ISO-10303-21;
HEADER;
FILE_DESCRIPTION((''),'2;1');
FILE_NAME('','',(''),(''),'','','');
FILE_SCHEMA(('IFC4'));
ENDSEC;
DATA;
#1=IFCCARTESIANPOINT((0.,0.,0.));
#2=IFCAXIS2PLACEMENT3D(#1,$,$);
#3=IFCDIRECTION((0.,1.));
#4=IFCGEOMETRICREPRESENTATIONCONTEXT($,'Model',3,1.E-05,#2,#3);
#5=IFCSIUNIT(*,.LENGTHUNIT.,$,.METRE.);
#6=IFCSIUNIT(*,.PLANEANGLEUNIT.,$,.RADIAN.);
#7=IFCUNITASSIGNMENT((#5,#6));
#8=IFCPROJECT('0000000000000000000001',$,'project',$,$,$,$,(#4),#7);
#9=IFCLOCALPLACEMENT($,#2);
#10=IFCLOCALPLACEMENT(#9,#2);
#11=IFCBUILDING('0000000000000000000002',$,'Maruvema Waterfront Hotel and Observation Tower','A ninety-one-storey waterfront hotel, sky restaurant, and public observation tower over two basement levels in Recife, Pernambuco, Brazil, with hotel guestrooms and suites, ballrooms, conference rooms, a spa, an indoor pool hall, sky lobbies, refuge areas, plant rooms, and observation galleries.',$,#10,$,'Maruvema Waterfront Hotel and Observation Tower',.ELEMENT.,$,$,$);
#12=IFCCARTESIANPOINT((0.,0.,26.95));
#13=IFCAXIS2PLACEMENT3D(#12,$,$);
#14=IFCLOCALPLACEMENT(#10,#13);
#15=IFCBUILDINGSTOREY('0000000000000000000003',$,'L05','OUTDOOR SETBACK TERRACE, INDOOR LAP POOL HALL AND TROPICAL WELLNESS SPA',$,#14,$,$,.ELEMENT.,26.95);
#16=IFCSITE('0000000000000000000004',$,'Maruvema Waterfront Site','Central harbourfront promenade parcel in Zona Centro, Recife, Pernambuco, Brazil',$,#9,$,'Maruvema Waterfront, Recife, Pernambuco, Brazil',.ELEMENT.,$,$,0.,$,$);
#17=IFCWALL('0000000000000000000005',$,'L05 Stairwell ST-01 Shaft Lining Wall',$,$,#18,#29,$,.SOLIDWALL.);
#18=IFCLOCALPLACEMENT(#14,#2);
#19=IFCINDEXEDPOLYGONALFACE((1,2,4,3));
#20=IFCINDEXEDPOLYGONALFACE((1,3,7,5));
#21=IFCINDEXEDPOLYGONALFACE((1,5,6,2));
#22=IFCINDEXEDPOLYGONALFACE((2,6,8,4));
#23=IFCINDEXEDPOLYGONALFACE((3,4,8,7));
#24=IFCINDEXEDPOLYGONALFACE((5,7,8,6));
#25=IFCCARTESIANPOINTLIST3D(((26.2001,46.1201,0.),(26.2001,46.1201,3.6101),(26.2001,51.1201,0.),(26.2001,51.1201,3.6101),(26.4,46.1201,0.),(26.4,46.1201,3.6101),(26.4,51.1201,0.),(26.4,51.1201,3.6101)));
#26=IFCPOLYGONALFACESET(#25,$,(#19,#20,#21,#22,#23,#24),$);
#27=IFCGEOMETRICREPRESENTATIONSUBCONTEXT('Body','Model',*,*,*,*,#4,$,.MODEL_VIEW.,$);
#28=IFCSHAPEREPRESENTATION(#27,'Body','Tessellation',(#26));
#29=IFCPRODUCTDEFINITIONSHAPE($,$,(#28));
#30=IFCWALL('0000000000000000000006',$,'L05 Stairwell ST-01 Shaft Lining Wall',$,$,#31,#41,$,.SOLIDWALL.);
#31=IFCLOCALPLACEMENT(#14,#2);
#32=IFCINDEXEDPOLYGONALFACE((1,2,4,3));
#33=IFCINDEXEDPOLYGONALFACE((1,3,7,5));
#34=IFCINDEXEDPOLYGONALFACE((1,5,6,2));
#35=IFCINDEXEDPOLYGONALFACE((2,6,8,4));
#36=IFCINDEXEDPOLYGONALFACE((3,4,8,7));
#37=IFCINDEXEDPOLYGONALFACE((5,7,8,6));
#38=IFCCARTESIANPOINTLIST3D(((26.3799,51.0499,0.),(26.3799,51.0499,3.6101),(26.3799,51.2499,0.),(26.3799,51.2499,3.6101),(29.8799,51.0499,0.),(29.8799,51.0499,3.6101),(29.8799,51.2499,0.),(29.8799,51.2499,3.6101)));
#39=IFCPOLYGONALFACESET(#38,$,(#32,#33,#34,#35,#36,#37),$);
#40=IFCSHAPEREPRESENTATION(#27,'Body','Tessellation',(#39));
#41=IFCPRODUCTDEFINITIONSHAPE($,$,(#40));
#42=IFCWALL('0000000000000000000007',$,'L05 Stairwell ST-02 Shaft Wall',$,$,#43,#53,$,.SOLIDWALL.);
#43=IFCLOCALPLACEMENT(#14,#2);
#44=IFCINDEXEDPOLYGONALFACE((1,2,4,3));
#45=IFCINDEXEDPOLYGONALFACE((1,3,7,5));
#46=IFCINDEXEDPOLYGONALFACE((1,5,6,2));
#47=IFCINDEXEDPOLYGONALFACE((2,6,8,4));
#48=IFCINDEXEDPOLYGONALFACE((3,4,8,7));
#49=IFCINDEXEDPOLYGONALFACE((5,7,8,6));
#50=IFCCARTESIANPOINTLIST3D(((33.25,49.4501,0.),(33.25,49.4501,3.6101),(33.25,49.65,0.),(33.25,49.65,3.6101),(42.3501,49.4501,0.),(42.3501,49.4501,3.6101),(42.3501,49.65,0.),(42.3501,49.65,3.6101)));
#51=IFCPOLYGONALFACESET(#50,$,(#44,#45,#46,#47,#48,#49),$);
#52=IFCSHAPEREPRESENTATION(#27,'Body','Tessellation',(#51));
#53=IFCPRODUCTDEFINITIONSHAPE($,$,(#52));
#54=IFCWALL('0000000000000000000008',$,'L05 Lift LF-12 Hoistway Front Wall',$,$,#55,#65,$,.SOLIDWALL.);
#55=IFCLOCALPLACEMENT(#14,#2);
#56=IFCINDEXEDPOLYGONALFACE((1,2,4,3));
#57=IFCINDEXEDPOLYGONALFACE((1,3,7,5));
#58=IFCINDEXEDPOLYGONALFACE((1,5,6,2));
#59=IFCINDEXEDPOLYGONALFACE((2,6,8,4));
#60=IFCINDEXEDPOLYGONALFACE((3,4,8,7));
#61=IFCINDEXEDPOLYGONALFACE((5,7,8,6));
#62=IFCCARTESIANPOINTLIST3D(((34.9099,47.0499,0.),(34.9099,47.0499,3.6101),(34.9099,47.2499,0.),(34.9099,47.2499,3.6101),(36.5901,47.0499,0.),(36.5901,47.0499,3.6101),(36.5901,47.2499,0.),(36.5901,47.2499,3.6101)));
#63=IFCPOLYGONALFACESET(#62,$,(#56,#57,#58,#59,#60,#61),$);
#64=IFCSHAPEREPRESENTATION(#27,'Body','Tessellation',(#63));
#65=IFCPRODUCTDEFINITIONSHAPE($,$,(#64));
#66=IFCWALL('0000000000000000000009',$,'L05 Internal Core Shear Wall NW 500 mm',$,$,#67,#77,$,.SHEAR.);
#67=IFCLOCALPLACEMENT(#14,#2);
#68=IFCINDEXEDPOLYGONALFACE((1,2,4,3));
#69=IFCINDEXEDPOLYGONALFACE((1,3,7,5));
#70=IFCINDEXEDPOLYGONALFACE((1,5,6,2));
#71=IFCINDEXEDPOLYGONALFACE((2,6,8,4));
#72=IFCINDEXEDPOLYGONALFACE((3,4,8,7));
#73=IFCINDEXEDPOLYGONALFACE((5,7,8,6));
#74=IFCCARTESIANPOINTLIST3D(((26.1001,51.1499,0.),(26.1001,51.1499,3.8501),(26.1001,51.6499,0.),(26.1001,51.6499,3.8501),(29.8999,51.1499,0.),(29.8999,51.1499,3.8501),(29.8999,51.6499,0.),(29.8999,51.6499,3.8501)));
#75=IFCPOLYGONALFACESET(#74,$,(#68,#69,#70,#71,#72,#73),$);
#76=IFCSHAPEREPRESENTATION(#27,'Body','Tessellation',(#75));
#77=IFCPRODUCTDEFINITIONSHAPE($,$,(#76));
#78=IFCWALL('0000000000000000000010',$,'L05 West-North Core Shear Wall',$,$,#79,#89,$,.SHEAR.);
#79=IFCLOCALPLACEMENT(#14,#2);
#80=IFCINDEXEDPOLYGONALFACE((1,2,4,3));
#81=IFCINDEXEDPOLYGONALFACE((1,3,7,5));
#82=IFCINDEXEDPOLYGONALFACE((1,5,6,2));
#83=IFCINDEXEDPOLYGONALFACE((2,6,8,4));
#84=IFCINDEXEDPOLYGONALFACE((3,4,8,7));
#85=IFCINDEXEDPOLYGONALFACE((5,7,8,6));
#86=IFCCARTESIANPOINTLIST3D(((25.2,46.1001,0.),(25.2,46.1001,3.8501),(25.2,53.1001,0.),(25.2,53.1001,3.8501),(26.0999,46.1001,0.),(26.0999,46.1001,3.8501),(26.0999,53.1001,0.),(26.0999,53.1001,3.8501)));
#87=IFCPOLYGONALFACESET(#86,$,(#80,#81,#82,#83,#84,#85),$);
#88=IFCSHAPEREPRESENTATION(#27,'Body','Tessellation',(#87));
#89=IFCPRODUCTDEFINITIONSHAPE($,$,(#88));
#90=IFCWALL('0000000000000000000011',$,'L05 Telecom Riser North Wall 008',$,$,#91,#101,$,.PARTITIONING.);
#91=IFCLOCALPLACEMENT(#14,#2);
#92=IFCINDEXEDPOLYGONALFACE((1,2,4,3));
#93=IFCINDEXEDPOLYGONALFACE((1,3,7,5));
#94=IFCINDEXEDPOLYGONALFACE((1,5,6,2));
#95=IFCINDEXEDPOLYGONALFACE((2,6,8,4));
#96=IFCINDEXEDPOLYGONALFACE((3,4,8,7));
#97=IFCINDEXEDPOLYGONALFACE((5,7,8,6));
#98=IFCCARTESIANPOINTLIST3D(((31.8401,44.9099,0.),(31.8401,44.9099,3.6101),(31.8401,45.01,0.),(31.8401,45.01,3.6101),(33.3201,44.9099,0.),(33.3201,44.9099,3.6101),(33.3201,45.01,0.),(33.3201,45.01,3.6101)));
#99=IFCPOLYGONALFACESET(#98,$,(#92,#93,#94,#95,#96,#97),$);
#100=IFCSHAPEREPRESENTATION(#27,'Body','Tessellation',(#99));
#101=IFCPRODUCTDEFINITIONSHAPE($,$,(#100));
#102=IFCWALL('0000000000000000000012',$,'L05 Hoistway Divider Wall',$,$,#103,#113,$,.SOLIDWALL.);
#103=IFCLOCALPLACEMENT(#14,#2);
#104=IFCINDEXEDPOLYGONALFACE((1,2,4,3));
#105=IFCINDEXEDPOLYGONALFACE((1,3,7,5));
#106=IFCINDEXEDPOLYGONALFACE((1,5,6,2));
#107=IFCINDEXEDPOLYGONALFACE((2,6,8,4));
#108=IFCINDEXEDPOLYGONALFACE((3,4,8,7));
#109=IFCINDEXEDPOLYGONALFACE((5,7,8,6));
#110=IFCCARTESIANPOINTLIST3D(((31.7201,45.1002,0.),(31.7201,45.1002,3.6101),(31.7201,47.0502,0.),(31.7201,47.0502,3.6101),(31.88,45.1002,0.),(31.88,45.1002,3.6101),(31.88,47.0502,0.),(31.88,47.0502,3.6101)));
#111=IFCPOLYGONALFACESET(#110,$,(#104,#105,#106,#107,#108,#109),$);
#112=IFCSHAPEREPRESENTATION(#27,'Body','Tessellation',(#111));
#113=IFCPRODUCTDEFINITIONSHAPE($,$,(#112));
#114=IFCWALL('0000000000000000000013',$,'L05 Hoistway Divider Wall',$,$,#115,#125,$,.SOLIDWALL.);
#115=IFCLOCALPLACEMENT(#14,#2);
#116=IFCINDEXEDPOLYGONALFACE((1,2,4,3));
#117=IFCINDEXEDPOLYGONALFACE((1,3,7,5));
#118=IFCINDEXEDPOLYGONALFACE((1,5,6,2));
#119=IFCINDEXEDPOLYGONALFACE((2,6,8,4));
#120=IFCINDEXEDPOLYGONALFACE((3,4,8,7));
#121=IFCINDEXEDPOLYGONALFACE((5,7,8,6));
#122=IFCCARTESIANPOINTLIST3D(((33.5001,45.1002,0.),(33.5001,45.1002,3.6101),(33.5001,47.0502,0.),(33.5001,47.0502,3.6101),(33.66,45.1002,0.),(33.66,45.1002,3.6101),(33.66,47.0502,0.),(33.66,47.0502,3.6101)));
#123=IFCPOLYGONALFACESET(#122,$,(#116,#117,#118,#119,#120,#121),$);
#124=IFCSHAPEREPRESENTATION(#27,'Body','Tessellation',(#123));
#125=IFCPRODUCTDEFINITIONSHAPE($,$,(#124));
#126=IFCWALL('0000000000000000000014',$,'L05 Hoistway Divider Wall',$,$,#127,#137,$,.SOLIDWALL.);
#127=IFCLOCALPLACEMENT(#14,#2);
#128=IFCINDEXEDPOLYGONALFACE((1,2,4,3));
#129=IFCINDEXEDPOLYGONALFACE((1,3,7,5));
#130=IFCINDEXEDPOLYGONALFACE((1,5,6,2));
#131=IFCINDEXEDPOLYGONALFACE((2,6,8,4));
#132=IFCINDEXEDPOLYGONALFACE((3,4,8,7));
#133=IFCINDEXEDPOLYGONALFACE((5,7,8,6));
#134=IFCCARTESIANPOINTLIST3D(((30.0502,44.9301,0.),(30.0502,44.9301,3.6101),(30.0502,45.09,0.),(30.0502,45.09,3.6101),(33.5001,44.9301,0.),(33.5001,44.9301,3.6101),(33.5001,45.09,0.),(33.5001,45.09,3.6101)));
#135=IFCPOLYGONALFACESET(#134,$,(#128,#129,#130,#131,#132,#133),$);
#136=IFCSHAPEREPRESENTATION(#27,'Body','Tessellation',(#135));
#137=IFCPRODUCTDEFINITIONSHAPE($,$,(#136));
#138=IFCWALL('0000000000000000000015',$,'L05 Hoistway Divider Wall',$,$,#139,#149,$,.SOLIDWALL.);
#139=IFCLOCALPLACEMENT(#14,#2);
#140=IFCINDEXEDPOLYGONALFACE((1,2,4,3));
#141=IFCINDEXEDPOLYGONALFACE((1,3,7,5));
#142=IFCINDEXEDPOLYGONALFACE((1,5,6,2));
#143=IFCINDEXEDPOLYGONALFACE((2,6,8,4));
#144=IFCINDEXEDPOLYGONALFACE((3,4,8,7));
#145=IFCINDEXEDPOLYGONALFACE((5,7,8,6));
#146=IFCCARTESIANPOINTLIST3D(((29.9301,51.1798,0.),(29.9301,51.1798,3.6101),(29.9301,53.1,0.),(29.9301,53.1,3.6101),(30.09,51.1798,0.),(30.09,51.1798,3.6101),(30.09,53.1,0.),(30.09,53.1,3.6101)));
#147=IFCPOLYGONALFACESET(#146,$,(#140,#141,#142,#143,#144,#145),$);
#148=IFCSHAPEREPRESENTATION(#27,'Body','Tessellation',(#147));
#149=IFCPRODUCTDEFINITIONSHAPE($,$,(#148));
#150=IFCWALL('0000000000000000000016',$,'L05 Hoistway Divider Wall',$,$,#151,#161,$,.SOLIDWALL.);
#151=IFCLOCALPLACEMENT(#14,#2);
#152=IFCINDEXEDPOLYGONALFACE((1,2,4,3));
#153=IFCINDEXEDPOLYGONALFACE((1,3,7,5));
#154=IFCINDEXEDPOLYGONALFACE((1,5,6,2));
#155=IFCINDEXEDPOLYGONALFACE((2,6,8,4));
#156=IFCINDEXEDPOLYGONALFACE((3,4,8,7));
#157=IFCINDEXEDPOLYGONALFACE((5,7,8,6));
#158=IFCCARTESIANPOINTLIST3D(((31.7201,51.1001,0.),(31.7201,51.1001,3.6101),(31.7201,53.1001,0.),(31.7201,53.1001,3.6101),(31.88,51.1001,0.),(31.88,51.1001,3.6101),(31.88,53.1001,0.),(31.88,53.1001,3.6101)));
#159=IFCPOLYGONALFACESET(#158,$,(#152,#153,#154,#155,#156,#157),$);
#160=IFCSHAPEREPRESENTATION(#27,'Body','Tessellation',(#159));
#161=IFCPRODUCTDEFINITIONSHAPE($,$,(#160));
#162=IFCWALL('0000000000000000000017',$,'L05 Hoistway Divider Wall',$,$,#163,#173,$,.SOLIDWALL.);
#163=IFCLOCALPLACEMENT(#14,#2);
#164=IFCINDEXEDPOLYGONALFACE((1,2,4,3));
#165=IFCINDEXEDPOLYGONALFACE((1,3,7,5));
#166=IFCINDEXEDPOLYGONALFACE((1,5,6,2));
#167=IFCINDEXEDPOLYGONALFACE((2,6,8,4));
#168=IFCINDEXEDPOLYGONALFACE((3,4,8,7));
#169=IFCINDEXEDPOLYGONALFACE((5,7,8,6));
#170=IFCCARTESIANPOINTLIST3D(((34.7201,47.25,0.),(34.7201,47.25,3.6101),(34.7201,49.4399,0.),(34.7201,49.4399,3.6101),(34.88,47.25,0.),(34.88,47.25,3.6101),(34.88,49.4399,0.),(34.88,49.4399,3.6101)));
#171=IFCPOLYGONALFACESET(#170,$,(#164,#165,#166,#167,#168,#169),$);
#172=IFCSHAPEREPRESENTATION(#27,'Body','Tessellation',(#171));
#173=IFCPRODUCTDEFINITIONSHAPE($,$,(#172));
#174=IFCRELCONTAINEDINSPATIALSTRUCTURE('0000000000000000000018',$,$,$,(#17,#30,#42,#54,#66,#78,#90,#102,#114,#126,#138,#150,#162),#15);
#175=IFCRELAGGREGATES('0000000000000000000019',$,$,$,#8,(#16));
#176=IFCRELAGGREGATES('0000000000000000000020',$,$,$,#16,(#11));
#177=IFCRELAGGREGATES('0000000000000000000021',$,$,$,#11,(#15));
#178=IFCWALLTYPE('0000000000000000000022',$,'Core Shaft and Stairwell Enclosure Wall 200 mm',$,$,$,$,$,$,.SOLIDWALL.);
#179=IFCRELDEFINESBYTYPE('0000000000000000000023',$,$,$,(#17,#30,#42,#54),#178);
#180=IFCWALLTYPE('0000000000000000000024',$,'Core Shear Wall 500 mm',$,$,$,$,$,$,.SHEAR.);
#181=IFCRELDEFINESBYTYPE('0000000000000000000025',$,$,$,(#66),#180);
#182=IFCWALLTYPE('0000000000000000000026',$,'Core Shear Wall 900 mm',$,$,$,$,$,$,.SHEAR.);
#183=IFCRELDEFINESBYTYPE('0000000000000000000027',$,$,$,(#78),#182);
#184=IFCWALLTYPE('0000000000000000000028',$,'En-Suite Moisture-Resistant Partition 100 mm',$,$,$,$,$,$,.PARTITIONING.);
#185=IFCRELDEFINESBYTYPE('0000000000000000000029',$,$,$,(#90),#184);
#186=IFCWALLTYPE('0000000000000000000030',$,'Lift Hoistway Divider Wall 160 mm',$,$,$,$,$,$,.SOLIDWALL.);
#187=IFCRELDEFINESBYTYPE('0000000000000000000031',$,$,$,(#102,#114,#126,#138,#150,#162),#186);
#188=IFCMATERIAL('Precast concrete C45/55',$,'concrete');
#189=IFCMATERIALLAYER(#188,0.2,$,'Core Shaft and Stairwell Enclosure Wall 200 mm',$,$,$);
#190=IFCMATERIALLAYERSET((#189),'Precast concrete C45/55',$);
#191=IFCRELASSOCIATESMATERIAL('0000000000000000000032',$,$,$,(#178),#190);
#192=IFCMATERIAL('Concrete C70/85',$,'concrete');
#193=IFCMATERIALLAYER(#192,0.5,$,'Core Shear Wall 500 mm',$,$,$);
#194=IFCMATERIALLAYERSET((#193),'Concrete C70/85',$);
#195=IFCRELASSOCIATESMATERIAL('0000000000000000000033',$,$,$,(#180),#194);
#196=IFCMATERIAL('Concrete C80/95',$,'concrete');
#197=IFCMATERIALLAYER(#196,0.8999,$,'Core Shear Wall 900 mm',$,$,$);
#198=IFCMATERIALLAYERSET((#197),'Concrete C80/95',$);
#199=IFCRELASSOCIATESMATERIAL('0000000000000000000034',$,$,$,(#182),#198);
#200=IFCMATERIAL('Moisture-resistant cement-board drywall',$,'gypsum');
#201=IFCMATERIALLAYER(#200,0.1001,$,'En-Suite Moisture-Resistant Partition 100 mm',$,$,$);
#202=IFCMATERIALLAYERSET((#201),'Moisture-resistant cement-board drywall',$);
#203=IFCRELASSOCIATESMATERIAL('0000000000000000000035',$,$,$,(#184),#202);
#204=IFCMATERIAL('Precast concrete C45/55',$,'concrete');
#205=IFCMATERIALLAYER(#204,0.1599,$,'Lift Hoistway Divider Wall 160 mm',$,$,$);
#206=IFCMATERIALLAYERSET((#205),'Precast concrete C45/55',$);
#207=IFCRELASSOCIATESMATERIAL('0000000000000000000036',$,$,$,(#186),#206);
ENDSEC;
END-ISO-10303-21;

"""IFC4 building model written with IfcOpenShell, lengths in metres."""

from ifc_helpers import new_model, si_unit, direction, frame, frame_2d, origin, place, context, subcontext, project, spatial, rectangle, extrude, material, layer, layer_set, type_object, element, save


model = new_model("IFC4")

# Units and contexts
model_context = context("Model", 3, precision=1e-05, world=origin(), true_north=direction((0.0, 1.0)))
body_context = subcontext(model_context, "Body", "Model", "MODEL_VIEW")
ifc_project = project(units=[si_unit("LENGTHUNIT", "METRE"), si_unit("PLANEANGLEUNIT", "RADIAN")], contexts=[model_context])

# Site, building, storey
site_placement = place(None, origin())
site = spatial("IfcSite", under=ifc_project, at=site_placement, Name="Maruvema Waterfront Site", Description="Central harbourfront promenade parcel in Zona Centro, Recife, Pernambuco, Brazil", LongName="Maruvema Waterfront, Recife, Pernambuco, Brazil", CompositionType="ELEMENT", RefElevation=0.0)
building_placement = place(site_placement, origin())
building = spatial("IfcBuilding", under=site, at=building_placement, Name="Maruvema Waterfront Hotel and Observation Tower", Description="A ninety-one-storey waterfront hotel, sky restaurant, and public observation tower over two basement levels in Recife, Pernambuco, Brazil, with hotel guestrooms and suites, ballrooms, conference rooms, a spa, an indoor pool hall, sky lobbies, refuge areas, plant rooms, and observation galleries.", LongName="Maruvema Waterfront Hotel and Observation Tower", CompositionType="ELEMENT")
storey_placement = place(building_placement, frame((0.0, 0.0, 26.95)))
storey = spatial("IfcBuildingStorey", under=building, at=storey_placement, Name="L05", Description="OUTDOOR SETBACK TERRACE, INDOOR LAP POOL HALL AND TROPICAL WELLNESS SPA", CompositionType="ELEMENT", Elevation=26.95)

# Walls
ifc_material_1 = material(Name="Precast concrete C45/55", Category="concrete")
ifc_layer_1 = layer(ifc_material_1, 0.2, Name="Core Shaft and Stairwell Enclosure Wall 200 mm")
ifc_layer_set_1 = layer_set([ifc_layer_1], Name="Precast concrete C45/55")
wall_type_1 = type_object("IfcWallType", Name="Core Shaft and Stairwell Enclosure Wall 200 mm", PredefinedType="SOLIDWALL", material=ifc_layer_set_1)
wall_1_placement = place(storey_placement, frame((26.3, 46.1201, 0.0), z_axis=(0.0, 0.0, 1.0), x_axis=(0.0, 1.0, 0.0)))
element("IfcWall", 1, at=wall_1_placement, inside=storey, type_object=wall_type_1, Name="L05 Stairwell ST-01 Shaft Lining Wall", PredefinedType="SOLIDWALL", context=body_context, shape_type="SweptSolid", body=[
    extrude(rectangle(XDim=5.0, YDim=0.2, at=frame_2d((2.5, 0.0))), origin(), (0.0, 0.0, 1.0), 3.6101),
])
wall_2_placement = place(storey_placement, frame((26.3799, 51.1499, 0.0), z_axis=(0.0, 0.0, 1.0), x_axis=(1.0, 0.0, 0.0)))
element("IfcWall", 2, at=wall_2_placement, inside=storey, type_object=wall_type_1, Name="L05 Stairwell ST-01 Shaft Lining Wall", PredefinedType="SOLIDWALL", context=body_context, shape_type="SweptSolid", body=[
    extrude(rectangle(XDim=3.5, YDim=0.2, at=frame_2d((1.75, 0.0))), origin(), (0.0, 0.0, 1.0), 3.6101),
])
wall_3_placement = place(storey_placement, frame((33.25, 49.55, 0.0), z_axis=(0.0, 0.0, 1.0), x_axis=(1.0, 0.0, 0.0)))
element("IfcWall", 3, at=wall_3_placement, inside=storey, type_object=wall_type_1, Name="L05 Stairwell ST-02 Shaft Wall", PredefinedType="SOLIDWALL", context=body_context, shape_type="SweptSolid", body=[
    extrude(rectangle(XDim=9.1001, YDim=0.2, at=frame_2d((4.55, 0.0))), origin(), (0.0, 0.0, 1.0), 3.6101),
])

# Walls
wall_4_placement = place(storey_placement, frame((34.9099, 47.1499, 0.0), z_axis=(0.0, 0.0, 1.0), x_axis=(1.0, 0.0, 0.0)))
element("IfcWall", 4, at=wall_4_placement, inside=storey, type_object=wall_type_1, Name="L05 Lift LF-12 Hoistway Front Wall", PredefinedType="SOLIDWALL", context=body_context, shape_type="SweptSolid", body=[
    extrude(rectangle(XDim=1.6802, YDim=0.2, at=frame_2d((0.8401, 0.0))), origin(), (0.0, 0.0, 1.0), 3.6101),
])
ifc_material_2 = material(Name="Concrete C70/85", Category="concrete")
ifc_layer_2 = layer(ifc_material_2, 0.5, Name="Core Shear Wall 500 mm")
ifc_layer_set_2 = layer_set([ifc_layer_2], Name="Concrete C70/85")
wall_type_2 = type_object("IfcWallType", Name="Core Shear Wall 500 mm", PredefinedType="SHEAR", material=ifc_layer_set_2)
wall_5_placement = place(storey_placement, frame((26.1001, 51.3999, 0.0), z_axis=(0.0, 0.0, 1.0), x_axis=(1.0, 0.0, 0.0)))
element("IfcWall", 5, at=wall_5_placement, inside=storey, type_object=wall_type_2, Name="L05 Internal Core Shear Wall NW 500 mm", PredefinedType="SHEAR", context=body_context, shape_type="SweptSolid", body=[
    extrude(rectangle(XDim=3.7998, YDim=0.5, at=frame_2d((1.8999, 0.0))), origin(), (0.0, 0.0, 1.0), 3.8501),
])
ifc_material_3 = material(Name="Concrete C80/95", Category="concrete")
ifc_layer_3 = layer(ifc_material_3, 0.8999, Name="Core Shear Wall 900 mm")
ifc_layer_set_3 = layer_set([ifc_layer_3], Name="Concrete C80/95")
wall_type_3 = type_object("IfcWallType", Name="Core Shear Wall 900 mm", PredefinedType="SHEAR", material=ifc_layer_set_3)
wall_6_placement = place(storey_placement, frame((25.6499, 46.1001, 0.0), z_axis=(0.0, 0.0, 1.0), x_axis=(0.0, 1.0, 0.0)))
element("IfcWall", 6, at=wall_6_placement, inside=storey, type_object=wall_type_3, Name="L05 West-North Core Shear Wall", PredefinedType="SHEAR", context=body_context, shape_type="SweptSolid", body=[
    extrude(rectangle(XDim=7.0, YDim=0.8999, at=frame_2d((3.5, 0.0))), origin(), (0.0, 0.0, 1.0), 3.8501),
])
ifc_material_4 = material(Name="Moisture-resistant cement-board drywall", Category="gypsum")
ifc_layer_4 = layer(ifc_material_4, 0.1001, Name="En-Suite Moisture-Resistant Partition 100 mm")
ifc_layer_set_4 = layer_set([ifc_layer_4], Name="Moisture-resistant cement-board drywall")
wall_type_4 = type_object("IfcWallType", Name="En-Suite Moisture-Resistant Partition 100 mm", PredefinedType="PARTITIONING", material=ifc_layer_set_4)
wall_7_placement = place(storey_placement, frame((31.8401, 44.96, 0.0), z_axis=(0.0, 0.0, 1.0), x_axis=(1.0, 0.0, 0.0)))
element("IfcWall", 7, at=wall_7_placement, inside=storey, type_object=wall_type_4, Name="L05 Telecom Riser North Wall 008", PredefinedType="PARTITIONING", context=body_context, shape_type="SweptSolid", body=[
    extrude(rectangle(XDim=1.48, YDim=0.1001, at=frame_2d((0.74, 0.0))), origin(), (0.0, 0.0, 1.0), 3.6101),
])
ifc_material_5 = material(Name="Precast concrete C45/55", Category="concrete")
ifc_layer_5 = layer(ifc_material_5, 0.1599, Name="Lift Hoistway Divider Wall 160 mm")
ifc_layer_set_5 = layer_set([ifc_layer_5], Name="Precast concrete C45/55")
wall_type_5 = type_object("IfcWallType", Name="Lift Hoistway Divider Wall 160 mm", PredefinedType="SOLIDWALL", material=ifc_layer_set_5)
for number, where, z_axis, x_axis, name in (
    (8, (31.8, 45.1001, 0.0), (0.0, 0.0, 1.0), (0.0, 1.0, 0.0), "L05 Hoistway Divider Wall"),
    (9, (33.5801, 45.1001, 0.0), (0.0, 0.0, 1.0), (0.0, 1.0, 0.0), "L05 Hoistway Divider Wall"),
):
    element("IfcWall", number, at=place(storey_placement, frame(where, z_axis=z_axis, x_axis=x_axis)), inside=storey, type_object=wall_type_5, Name=name, PredefinedType="SOLIDWALL", context=body_context, shape_type="SweptSolid", body=[
        extrude(rectangle(XDim=1.95, YDim=0.1599, at=frame_2d((0.9751, 0.0))), origin(), (0.0, 0.0, 1.0), 3.6101),
    ])
wall_8_placement = place(storey_placement, frame((30.05, 45.01, 0.0), z_axis=(0.0, 0.0, 1.0), x_axis=(1.0, 0.0, 0.0)))
element("IfcWall", 10, at=wall_8_placement, inside=storey, type_object=wall_type_5, Name="L05 Hoistway Divider Wall", PredefinedType="SOLIDWALL", context=body_context, shape_type="SweptSolid", body=[
    extrude(rectangle(XDim=3.45, YDim=0.1599, at=frame_2d((1.7251, 0.0))), origin(), (0.0, 0.0, 1.0), 3.6101),
])
wall_9_placement = place(storey_placement, frame((30.01, 51.1799, 0.0), z_axis=(0.0, 0.0, 1.0), x_axis=(0.0, 1.0, 0.0)))
element("IfcWall", 11, at=wall_9_placement, inside=storey, type_object=wall_type_5, Name="L05 Hoistway Divider Wall", PredefinedType="SOLIDWALL", context=body_context, shape_type="SweptSolid", body=[
    extrude(rectangle(XDim=1.9202, YDim=0.1599, at=frame_2d((0.96, 0.0))), origin(), (0.0, 0.0, 1.0), 3.6101),
])
wall_10_placement = place(storey_placement, frame((31.8, 51.1001, 0.0), z_axis=(0.0, 0.0, 1.0), x_axis=(0.0, 1.0, 0.0)))
element("IfcWall", 12, at=wall_10_placement, inside=storey, type_object=wall_type_5, Name="L05 Hoistway Divider Wall", PredefinedType="SOLIDWALL", context=body_context, shape_type="SweptSolid", body=[
    extrude(rectangle(XDim=2.0, YDim=0.1599, at=frame_2d((1.0, 0.0))), origin(), (0.0, 0.0, 1.0), 3.6101),
])
wall_11_placement = place(storey_placement, frame((34.8, 47.25, 0.0), z_axis=(0.0, 0.0, 1.0), x_axis=(0.0, 1.0, 0.0)))
element("IfcWall", 13, at=wall_11_placement, inside=storey, type_object=wall_type_5, Name="L05 Hoistway Divider Wall", PredefinedType="SOLIDWALL", context=body_context, shape_type="SweptSolid", body=[
    extrude(rectangle(XDim=2.1899, YDim=0.1599, at=frame_2d((1.095, 0.0))), origin(), (0.0, 0.0, 1.0), 3.6101),
])

save(model, "model.ifc")
